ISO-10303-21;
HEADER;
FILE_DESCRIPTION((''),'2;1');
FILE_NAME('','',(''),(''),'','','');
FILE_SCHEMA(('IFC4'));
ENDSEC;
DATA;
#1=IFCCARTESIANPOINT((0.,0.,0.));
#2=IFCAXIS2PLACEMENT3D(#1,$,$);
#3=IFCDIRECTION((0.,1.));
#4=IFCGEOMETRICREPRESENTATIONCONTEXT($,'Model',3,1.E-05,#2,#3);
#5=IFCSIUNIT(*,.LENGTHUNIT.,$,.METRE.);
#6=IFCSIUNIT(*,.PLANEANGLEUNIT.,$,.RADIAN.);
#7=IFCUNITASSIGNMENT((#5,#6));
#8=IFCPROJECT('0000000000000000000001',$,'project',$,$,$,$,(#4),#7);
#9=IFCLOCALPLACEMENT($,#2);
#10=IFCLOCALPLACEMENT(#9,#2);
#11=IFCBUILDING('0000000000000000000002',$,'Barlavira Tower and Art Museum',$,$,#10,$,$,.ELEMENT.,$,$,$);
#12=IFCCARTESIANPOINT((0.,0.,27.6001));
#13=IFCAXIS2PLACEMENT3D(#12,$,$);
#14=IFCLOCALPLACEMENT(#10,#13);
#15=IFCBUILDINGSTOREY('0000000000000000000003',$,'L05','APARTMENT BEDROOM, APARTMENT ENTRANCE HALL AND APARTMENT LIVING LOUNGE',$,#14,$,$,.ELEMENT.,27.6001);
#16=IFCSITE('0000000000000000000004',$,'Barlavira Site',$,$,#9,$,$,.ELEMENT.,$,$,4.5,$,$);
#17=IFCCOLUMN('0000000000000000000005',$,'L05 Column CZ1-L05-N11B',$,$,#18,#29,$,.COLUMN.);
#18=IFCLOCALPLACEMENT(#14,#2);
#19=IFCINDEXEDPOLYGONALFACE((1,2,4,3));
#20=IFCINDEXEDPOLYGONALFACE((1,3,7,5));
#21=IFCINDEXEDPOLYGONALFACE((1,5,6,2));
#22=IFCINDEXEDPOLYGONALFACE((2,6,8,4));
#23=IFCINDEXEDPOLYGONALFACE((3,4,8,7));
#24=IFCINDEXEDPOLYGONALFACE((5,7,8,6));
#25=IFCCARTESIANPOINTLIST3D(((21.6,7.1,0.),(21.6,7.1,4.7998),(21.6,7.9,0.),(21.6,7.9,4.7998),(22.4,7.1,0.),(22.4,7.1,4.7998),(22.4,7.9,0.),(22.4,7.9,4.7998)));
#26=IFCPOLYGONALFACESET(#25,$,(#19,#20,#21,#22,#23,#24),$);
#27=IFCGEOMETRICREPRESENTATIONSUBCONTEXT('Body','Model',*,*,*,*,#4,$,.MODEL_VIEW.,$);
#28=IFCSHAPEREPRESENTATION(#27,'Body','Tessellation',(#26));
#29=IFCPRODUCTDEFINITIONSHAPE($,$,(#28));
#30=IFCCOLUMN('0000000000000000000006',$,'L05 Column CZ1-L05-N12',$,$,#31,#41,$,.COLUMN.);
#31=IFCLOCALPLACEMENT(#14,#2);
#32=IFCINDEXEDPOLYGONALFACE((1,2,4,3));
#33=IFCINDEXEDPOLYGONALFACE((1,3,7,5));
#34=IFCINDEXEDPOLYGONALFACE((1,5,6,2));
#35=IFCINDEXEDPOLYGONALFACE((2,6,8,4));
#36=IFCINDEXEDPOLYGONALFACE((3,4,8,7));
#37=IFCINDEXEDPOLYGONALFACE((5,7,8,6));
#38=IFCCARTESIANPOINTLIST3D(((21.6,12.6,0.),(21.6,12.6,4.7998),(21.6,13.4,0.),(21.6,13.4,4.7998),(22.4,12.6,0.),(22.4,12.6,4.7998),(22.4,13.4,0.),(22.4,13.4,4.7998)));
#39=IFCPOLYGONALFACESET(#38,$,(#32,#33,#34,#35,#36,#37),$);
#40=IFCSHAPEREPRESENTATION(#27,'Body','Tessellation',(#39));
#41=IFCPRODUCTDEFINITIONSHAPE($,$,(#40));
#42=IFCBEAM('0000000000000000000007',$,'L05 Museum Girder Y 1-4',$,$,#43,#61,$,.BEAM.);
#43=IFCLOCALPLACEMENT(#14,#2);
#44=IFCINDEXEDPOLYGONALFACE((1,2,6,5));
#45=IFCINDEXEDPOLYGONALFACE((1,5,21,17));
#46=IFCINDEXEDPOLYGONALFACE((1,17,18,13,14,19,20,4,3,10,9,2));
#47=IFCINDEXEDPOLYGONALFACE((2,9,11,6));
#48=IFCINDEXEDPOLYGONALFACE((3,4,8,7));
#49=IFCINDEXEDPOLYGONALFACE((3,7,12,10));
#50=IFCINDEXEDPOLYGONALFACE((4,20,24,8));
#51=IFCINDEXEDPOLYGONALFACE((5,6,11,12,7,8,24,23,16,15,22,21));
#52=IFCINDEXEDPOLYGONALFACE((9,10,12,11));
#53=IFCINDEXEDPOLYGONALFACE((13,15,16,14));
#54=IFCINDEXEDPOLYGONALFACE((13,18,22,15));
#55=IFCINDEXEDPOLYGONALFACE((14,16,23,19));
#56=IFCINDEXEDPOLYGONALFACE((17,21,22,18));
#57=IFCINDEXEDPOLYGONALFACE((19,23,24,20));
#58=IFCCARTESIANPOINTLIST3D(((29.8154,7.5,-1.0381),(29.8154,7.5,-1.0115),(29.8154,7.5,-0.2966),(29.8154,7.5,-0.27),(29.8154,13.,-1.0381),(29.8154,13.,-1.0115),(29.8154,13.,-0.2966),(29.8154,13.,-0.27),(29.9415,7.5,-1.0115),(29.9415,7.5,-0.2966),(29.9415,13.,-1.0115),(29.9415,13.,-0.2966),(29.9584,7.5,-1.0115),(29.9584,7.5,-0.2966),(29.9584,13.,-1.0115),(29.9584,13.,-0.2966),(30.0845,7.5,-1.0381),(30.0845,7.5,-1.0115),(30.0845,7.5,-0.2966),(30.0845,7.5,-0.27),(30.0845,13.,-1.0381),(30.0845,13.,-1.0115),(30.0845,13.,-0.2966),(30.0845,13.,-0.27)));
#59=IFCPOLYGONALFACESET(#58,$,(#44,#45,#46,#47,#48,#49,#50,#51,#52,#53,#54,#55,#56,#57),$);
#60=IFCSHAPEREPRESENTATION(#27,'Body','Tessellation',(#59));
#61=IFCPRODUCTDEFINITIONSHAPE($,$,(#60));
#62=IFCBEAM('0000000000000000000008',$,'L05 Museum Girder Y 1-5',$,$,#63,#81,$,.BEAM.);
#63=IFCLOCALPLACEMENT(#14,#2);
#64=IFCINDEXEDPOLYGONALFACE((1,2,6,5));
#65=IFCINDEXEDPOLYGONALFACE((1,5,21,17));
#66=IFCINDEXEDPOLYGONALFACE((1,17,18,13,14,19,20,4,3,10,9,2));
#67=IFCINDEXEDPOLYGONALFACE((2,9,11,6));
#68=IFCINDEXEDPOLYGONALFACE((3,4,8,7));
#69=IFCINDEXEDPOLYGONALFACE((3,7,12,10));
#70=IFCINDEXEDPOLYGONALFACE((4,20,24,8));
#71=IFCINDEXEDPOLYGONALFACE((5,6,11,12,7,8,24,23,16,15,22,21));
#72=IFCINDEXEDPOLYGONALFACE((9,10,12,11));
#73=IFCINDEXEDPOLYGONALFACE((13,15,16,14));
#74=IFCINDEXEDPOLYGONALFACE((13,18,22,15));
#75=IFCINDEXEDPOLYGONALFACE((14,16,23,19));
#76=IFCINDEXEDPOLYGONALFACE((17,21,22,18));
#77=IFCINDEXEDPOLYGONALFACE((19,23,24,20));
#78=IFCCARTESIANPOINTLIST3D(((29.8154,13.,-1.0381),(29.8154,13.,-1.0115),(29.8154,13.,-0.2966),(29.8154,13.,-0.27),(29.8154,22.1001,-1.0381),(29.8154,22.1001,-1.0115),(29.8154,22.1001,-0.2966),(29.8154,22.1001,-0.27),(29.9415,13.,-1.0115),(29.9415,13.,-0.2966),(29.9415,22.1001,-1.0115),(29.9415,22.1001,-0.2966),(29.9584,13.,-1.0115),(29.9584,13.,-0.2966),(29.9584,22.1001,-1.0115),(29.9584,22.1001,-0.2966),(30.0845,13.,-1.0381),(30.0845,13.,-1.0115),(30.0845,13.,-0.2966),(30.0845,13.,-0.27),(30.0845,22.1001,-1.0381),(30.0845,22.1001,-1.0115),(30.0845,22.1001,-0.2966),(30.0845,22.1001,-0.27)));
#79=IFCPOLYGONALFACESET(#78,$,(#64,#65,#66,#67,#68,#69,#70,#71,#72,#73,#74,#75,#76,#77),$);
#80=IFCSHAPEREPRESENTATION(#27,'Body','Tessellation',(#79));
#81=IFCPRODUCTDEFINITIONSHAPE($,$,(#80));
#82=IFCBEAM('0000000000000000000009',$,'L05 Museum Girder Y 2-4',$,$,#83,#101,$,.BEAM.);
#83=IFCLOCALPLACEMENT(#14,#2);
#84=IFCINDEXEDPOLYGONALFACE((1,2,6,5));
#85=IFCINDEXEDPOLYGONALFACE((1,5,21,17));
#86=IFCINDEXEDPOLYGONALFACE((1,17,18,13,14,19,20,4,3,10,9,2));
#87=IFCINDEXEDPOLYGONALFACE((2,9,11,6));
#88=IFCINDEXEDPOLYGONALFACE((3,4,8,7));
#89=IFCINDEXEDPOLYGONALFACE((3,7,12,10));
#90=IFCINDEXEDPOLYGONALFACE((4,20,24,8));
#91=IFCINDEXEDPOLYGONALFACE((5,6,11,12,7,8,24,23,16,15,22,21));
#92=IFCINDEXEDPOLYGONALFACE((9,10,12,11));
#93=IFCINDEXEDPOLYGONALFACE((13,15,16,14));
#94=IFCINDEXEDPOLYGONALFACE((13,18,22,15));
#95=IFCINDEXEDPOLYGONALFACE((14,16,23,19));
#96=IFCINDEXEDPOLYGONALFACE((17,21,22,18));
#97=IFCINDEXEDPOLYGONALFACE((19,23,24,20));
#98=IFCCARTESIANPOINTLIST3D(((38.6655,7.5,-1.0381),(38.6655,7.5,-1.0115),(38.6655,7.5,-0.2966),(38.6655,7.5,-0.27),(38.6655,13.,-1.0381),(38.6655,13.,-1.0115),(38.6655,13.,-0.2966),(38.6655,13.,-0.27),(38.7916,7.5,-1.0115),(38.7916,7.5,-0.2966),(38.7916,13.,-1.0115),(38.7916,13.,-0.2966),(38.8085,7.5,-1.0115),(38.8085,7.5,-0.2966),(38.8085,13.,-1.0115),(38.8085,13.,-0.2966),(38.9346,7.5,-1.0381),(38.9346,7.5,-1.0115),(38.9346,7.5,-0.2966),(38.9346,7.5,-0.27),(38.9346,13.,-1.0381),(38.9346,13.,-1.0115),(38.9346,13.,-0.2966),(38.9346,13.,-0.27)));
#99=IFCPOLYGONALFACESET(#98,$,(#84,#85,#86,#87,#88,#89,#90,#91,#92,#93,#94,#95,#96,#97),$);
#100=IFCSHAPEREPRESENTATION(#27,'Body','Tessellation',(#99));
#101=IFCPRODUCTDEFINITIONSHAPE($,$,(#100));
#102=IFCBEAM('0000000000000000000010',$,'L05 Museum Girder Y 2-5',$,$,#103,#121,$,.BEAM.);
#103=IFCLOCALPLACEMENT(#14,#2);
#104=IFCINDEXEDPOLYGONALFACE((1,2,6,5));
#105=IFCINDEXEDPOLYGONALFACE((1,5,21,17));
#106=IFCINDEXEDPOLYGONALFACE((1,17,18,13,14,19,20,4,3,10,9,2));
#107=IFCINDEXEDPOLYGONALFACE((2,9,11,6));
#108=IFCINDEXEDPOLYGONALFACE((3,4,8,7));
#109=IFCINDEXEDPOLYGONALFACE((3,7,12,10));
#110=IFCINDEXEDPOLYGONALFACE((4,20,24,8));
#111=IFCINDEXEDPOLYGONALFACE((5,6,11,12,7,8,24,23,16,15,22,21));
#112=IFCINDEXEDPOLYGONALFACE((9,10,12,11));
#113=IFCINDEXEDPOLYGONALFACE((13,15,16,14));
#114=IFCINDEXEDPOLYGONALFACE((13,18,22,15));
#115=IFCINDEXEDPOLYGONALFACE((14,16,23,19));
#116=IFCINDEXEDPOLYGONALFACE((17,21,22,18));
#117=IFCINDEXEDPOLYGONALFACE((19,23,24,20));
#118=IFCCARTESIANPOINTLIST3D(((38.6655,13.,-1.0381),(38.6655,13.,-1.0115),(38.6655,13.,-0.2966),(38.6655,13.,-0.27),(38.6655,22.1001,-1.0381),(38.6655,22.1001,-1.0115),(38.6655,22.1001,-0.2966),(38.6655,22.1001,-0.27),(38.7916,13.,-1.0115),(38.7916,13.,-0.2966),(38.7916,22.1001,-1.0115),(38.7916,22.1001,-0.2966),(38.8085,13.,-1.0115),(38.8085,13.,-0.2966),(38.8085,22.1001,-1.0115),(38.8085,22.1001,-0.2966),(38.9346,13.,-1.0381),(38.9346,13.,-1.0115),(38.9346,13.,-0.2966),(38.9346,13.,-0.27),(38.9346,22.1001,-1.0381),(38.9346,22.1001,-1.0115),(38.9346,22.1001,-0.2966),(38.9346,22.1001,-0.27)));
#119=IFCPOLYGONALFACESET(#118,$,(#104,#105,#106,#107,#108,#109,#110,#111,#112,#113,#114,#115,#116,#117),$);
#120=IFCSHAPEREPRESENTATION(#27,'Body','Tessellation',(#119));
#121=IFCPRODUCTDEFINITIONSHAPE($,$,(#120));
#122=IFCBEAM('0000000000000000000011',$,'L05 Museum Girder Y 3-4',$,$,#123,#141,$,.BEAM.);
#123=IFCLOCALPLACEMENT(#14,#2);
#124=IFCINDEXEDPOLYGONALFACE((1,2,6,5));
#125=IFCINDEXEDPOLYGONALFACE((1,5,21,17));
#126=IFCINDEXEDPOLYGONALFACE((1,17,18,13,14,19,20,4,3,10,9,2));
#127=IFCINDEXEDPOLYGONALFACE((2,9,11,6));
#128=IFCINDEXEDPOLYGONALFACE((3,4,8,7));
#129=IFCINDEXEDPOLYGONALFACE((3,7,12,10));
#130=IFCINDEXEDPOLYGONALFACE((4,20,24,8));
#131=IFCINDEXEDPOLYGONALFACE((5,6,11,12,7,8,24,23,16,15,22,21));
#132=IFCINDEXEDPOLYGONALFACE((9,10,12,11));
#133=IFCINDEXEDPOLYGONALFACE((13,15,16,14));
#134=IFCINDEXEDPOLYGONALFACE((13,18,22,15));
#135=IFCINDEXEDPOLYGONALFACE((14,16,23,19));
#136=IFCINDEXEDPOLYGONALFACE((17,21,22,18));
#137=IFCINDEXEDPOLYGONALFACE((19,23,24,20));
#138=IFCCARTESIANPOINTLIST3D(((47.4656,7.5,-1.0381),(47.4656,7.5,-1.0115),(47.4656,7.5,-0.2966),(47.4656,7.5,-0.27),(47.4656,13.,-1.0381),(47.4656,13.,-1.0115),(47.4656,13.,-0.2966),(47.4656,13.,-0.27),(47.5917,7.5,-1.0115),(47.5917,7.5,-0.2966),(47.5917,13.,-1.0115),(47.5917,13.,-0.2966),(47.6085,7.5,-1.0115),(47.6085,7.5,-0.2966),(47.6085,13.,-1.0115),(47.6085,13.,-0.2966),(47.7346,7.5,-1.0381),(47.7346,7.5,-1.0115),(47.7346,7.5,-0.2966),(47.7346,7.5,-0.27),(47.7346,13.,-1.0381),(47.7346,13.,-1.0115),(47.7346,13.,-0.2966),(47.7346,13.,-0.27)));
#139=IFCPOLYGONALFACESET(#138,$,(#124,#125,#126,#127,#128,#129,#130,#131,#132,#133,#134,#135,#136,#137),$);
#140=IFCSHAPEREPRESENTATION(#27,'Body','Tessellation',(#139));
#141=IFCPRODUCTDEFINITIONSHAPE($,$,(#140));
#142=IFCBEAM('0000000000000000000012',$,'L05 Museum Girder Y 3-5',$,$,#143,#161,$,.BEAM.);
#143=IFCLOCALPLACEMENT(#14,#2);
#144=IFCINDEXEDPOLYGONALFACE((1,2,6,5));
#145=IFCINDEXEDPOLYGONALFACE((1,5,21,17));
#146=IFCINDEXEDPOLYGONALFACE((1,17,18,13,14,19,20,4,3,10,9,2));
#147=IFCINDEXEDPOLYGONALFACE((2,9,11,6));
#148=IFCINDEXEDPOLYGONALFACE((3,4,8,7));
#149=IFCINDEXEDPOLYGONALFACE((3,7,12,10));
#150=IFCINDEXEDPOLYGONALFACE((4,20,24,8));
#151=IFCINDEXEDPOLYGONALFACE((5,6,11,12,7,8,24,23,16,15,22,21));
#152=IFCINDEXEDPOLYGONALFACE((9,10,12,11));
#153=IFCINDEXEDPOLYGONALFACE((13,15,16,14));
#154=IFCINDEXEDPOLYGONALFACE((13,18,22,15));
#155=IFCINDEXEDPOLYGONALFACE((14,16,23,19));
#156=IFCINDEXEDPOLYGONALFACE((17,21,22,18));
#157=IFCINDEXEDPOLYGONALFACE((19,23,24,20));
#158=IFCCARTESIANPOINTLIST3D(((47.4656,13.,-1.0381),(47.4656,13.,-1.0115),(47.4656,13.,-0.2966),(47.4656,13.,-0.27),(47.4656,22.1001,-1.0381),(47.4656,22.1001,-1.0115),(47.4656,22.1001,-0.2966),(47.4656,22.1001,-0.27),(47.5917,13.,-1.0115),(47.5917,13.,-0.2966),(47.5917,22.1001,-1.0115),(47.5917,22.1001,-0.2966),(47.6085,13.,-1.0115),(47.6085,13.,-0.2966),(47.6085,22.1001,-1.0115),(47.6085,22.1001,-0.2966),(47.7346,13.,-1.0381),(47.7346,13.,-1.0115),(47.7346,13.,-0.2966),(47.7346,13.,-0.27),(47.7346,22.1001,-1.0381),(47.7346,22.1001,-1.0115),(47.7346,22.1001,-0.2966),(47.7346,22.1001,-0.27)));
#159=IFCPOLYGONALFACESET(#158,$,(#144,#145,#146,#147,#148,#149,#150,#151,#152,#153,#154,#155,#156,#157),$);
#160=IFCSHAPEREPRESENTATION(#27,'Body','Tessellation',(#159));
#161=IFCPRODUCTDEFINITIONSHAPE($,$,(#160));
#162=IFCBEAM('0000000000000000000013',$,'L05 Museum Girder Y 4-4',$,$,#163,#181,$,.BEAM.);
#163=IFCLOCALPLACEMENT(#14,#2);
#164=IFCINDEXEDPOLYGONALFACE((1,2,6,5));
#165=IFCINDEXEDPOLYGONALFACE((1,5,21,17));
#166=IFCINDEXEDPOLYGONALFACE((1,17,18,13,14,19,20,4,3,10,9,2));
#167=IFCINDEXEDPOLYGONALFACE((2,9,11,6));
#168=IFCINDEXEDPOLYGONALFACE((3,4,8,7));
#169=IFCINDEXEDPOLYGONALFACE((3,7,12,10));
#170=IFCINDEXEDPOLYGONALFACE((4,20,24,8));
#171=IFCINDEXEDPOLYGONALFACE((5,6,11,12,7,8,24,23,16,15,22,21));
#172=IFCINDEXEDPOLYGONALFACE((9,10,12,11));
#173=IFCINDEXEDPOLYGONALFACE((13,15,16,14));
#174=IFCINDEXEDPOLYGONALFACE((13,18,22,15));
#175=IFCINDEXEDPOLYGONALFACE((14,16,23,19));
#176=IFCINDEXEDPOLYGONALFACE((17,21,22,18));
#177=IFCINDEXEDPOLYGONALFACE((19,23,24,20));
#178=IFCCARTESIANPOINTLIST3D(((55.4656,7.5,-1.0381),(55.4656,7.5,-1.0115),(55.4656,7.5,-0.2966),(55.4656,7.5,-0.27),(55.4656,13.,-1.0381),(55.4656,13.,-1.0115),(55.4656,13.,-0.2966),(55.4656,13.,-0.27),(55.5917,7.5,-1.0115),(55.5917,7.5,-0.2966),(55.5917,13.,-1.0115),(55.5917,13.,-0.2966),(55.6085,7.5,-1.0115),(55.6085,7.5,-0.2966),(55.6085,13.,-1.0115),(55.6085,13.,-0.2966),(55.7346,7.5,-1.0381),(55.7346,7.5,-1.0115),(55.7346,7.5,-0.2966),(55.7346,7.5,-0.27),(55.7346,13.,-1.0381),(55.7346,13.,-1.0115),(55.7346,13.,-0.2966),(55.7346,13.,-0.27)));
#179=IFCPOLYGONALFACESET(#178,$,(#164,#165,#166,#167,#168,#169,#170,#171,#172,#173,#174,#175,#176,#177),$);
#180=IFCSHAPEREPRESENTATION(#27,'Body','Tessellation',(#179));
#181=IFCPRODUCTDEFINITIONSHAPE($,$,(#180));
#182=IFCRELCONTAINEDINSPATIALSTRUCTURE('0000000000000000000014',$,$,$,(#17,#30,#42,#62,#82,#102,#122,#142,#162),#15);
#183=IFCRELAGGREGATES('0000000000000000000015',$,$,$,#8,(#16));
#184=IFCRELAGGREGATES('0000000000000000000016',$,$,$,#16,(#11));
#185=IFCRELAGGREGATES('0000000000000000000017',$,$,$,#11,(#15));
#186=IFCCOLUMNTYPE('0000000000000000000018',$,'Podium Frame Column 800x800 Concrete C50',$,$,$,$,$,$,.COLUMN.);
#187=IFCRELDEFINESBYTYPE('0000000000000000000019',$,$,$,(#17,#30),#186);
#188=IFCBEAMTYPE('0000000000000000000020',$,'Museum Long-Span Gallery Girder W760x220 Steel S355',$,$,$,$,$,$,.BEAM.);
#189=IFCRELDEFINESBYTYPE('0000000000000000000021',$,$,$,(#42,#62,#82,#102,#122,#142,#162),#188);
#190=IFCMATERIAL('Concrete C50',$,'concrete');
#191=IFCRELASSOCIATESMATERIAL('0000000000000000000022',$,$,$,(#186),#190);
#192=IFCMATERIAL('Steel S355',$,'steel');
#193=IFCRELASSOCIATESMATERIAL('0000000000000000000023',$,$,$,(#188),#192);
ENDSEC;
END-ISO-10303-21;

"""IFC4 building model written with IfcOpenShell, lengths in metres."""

from ifc_helpers import new_model, si_unit, direction, frame, origin, origin_2d, place, context, subcontext, project, spatial, rectangle, i_section, extrude, material, material_profile, profile_set, type_object, element, save


model = new_model("IFC4")

# Units and contexts
model_context = context("Model", 3, precision=1e-05, world=origin(), true_north=direction((0.0, 1.0)))
body_context = subcontext(model_context, "Body", "Model", "MODEL_VIEW")
ifc_project = project(units=[si_unit("LENGTHUNIT", "METRE"), si_unit("PLANEANGLEUNIT", "RADIAN")], contexts=[model_context])

# Site, building, storey
site_placement = place(None, origin())
site = spatial("IfcSite", under=ifc_project, at=site_placement, Name="Barlavira Site", CompositionType="ELEMENT", RefElevation=4.5)
building_placement = place(site_placement, origin())
building = spatial("IfcBuilding", under=site, at=building_placement, Name="Barlavira Tower and Art Museum", CompositionType="ELEMENT")
storey_placement = place(building_placement, frame((0.0, 0.0, 27.6001)))
storey = spatial("IfcBuildingStorey", under=building, at=storey_placement, Name="L05", Description="APARTMENT BEDROOM, APARTMENT ENTRANCE HALL AND APARTMENT LIVING LOUNGE", CompositionType="ELEMENT", Elevation=27.6001)

# Columns
ifc_material_1 = material(Name="Concrete C50", Category="concrete")
ifc_material_profile_1 = material_profile(ifc_material_1, rectangle(XDim=0.8, YDim=0.8, at=origin_2d()), Name="RC-COL 800x800")
ifc_profile_set_1 = profile_set([ifc_material_profile_1], Name="Concrete C50")
column_type = type_object("IfcColumnType", Name="Podium Frame Column 800x800 Concrete C50", PredefinedType="COLUMN", material=ifc_profile_set_1)
for number, where, z_axis, x_axis, name in (
    (1, (22.0, 7.5, 0.0), (0.0, 0.0, 1.0), (1.0, 0.0, 0.0), "L05 Column CZ1-L05-N11B"),
    (2, (22.0, 13.0, 0.0), (0.0, 0.0, 1.0), (1.0, 0.0, 0.0), "L05 Column CZ1-L05-N12"),
):
    element("IfcColumn", number, at=place(storey_placement, frame(where, z_axis=z_axis, x_axis=x_axis)), inside=storey, type_object=column_type, Name=name, PredefinedType="COLUMN", context=body_context, shape_type="SweptSolid", body=[
        extrude(rectangle(XDim=0.8, YDim=0.8, at=origin_2d()), origin(), (0.0, 0.0, 1.0), 4.7998),
    ])

# Beams
ifc_material_2 = material(Name="Steel S355", Category="steel")
ifc_material_profile_2 = material_profile(ifc_material_2, i_section(OverallWidth=0.269, OverallDepth=0.7681, WebThickness=0.0168, FlangeThickness=0.0266, at=origin_2d()), Name="W760x220.0")
ifc_profile_set_2 = profile_set([ifc_material_profile_2], Name="Steel S355")
beam_type_1 = type_object("IfcBeamType", Name="Museum Long-Span Gallery Girder W760x220 Steel S355", PredefinedType="BEAM", material=ifc_profile_set_2)
beam_1_placement = place(storey_placement, frame((29.95, 7.5, -0.6541), z_axis=(0.0, 1.0, 0.0), x_axis=(-1.0, 0.0, 0.0)))
element("IfcBeam", 3, at=beam_1_placement, inside=storey, type_object=beam_type_1, Name="L05 Museum Girder Y 1-4", PredefinedType="BEAM", context=body_context, shape_type="SweptSolid", body=[
    extrude(i_section(OverallWidth=0.269, OverallDepth=0.7681, WebThickness=0.0168, FlangeThickness=0.0266, at=origin_2d()), origin(), (0.0, 0.0, 1.0), 5.5),
])
beam_2_placement = place(storey_placement, frame((29.95, 13.0, -0.6541), z_axis=(0.0, 1.0, 0.0), x_axis=(-1.0, 0.0, 0.0)))
element("IfcBeam", 4, at=beam_2_placement, inside=storey, type_object=beam_type_1, Name="L05 Museum Girder Y 1-5", PredefinedType="BEAM", context=body_context, shape_type="SweptSolid", body=[
    extrude(i_section(OverallWidth=0.269, OverallDepth=0.7681, WebThickness=0.0168, FlangeThickness=0.0266, at=origin_2d()), origin(), (0.0, 0.0, 1.0), 9.1001),
])
beam_3_placement = place(storey_placement, frame((38.8, 7.5, -0.6541), z_axis=(0.0, 1.0, 0.0), x_axis=(-1.0, 0.0, 0.0)))
element("IfcBeam", 5, at=beam_3_placement, inside=storey, type_object=beam_type_1, Name="L05 Museum Girder Y 2-4", PredefinedType="BEAM", context=body_context, shape_type="SweptSolid", body=[
    extrude(i_section(OverallWidth=0.269, OverallDepth=0.7681, WebThickness=0.0168, FlangeThickness=0.0266, at=origin_2d()), origin(), (0.0, 0.0, 1.0), 5.5),
])
beam_4_placement = place(storey_placement, frame((38.8, 13.0, -0.6541), z_axis=(0.0, 1.0, 0.0), x_axis=(-1.0, 0.0, 0.0)))
element("IfcBeam", 6, at=beam_4_placement, inside=storey, type_object=beam_type_1, Name="L05 Museum Girder Y 2-5", PredefinedType="BEAM", context=body_context, shape_type="SweptSolid", body=[
    extrude(i_section(OverallWidth=0.269, OverallDepth=0.7681, WebThickness=0.0168, FlangeThickness=0.0266, at=origin_2d()), origin(), (0.0, 0.0, 1.0), 9.1001),
])
beam_5_placement = place(storey_placement, frame((47.6001, 7.5, -0.6541), z_axis=(0.0, 1.0, 0.0), x_axis=(-1.0, 0.0, 0.0)))
element("IfcBeam", 7, at=beam_5_placement, inside=storey, type_object=beam_type_1, Name="L05 Museum Girder Y 3-4", PredefinedType="BEAM", context=body_context, shape_type="SweptSolid", body=[
    extrude(i_section(OverallWidth=0.269, OverallDepth=0.7681, WebThickness=0.0168, FlangeThickness=0.0266, at=origin_2d()), origin(), (0.0, 0.0, 1.0), 5.5),
])
beam_6_placement = place(storey_placement, frame((47.6001, 13.0, -0.6541), z_axis=(0.0, 1.0, 0.0), x_axis=(-1.0, 0.0, 0.0)))
element("IfcBeam", 8, at=beam_6_placement, inside=storey, type_object=beam_type_1, Name="L05 Museum Girder Y 3-5", PredefinedType="BEAM", context=body_context, shape_type="SweptSolid", body=[
    extrude(i_section(OverallWidth=0.269, OverallDepth=0.7681, WebThickness=0.0168, FlangeThickness=0.0266, at=origin_2d()), origin(), (0.0, 0.0, 1.0), 9.1001),
])
beam_7_placement = place(storey_placement, frame((55.6001, 7.5, -0.6541), z_axis=(0.0, 1.0, 0.0), x_axis=(-1.0, 0.0, 0.0)))
element("IfcBeam", 9, at=beam_7_placement, inside=storey, type_object=beam_type_1, Name="L05 Museum Girder Y 4-4", PredefinedType="BEAM", context=body_context, shape_type="SweptSolid", body=[
    extrude(i_section(OverallWidth=0.269, OverallDepth=0.7681, WebThickness=0.0168, FlangeThickness=0.0266, at=origin_2d()), origin(), (0.0, 0.0, 1.0), 5.5),
])

save(model, "model.ifc")
